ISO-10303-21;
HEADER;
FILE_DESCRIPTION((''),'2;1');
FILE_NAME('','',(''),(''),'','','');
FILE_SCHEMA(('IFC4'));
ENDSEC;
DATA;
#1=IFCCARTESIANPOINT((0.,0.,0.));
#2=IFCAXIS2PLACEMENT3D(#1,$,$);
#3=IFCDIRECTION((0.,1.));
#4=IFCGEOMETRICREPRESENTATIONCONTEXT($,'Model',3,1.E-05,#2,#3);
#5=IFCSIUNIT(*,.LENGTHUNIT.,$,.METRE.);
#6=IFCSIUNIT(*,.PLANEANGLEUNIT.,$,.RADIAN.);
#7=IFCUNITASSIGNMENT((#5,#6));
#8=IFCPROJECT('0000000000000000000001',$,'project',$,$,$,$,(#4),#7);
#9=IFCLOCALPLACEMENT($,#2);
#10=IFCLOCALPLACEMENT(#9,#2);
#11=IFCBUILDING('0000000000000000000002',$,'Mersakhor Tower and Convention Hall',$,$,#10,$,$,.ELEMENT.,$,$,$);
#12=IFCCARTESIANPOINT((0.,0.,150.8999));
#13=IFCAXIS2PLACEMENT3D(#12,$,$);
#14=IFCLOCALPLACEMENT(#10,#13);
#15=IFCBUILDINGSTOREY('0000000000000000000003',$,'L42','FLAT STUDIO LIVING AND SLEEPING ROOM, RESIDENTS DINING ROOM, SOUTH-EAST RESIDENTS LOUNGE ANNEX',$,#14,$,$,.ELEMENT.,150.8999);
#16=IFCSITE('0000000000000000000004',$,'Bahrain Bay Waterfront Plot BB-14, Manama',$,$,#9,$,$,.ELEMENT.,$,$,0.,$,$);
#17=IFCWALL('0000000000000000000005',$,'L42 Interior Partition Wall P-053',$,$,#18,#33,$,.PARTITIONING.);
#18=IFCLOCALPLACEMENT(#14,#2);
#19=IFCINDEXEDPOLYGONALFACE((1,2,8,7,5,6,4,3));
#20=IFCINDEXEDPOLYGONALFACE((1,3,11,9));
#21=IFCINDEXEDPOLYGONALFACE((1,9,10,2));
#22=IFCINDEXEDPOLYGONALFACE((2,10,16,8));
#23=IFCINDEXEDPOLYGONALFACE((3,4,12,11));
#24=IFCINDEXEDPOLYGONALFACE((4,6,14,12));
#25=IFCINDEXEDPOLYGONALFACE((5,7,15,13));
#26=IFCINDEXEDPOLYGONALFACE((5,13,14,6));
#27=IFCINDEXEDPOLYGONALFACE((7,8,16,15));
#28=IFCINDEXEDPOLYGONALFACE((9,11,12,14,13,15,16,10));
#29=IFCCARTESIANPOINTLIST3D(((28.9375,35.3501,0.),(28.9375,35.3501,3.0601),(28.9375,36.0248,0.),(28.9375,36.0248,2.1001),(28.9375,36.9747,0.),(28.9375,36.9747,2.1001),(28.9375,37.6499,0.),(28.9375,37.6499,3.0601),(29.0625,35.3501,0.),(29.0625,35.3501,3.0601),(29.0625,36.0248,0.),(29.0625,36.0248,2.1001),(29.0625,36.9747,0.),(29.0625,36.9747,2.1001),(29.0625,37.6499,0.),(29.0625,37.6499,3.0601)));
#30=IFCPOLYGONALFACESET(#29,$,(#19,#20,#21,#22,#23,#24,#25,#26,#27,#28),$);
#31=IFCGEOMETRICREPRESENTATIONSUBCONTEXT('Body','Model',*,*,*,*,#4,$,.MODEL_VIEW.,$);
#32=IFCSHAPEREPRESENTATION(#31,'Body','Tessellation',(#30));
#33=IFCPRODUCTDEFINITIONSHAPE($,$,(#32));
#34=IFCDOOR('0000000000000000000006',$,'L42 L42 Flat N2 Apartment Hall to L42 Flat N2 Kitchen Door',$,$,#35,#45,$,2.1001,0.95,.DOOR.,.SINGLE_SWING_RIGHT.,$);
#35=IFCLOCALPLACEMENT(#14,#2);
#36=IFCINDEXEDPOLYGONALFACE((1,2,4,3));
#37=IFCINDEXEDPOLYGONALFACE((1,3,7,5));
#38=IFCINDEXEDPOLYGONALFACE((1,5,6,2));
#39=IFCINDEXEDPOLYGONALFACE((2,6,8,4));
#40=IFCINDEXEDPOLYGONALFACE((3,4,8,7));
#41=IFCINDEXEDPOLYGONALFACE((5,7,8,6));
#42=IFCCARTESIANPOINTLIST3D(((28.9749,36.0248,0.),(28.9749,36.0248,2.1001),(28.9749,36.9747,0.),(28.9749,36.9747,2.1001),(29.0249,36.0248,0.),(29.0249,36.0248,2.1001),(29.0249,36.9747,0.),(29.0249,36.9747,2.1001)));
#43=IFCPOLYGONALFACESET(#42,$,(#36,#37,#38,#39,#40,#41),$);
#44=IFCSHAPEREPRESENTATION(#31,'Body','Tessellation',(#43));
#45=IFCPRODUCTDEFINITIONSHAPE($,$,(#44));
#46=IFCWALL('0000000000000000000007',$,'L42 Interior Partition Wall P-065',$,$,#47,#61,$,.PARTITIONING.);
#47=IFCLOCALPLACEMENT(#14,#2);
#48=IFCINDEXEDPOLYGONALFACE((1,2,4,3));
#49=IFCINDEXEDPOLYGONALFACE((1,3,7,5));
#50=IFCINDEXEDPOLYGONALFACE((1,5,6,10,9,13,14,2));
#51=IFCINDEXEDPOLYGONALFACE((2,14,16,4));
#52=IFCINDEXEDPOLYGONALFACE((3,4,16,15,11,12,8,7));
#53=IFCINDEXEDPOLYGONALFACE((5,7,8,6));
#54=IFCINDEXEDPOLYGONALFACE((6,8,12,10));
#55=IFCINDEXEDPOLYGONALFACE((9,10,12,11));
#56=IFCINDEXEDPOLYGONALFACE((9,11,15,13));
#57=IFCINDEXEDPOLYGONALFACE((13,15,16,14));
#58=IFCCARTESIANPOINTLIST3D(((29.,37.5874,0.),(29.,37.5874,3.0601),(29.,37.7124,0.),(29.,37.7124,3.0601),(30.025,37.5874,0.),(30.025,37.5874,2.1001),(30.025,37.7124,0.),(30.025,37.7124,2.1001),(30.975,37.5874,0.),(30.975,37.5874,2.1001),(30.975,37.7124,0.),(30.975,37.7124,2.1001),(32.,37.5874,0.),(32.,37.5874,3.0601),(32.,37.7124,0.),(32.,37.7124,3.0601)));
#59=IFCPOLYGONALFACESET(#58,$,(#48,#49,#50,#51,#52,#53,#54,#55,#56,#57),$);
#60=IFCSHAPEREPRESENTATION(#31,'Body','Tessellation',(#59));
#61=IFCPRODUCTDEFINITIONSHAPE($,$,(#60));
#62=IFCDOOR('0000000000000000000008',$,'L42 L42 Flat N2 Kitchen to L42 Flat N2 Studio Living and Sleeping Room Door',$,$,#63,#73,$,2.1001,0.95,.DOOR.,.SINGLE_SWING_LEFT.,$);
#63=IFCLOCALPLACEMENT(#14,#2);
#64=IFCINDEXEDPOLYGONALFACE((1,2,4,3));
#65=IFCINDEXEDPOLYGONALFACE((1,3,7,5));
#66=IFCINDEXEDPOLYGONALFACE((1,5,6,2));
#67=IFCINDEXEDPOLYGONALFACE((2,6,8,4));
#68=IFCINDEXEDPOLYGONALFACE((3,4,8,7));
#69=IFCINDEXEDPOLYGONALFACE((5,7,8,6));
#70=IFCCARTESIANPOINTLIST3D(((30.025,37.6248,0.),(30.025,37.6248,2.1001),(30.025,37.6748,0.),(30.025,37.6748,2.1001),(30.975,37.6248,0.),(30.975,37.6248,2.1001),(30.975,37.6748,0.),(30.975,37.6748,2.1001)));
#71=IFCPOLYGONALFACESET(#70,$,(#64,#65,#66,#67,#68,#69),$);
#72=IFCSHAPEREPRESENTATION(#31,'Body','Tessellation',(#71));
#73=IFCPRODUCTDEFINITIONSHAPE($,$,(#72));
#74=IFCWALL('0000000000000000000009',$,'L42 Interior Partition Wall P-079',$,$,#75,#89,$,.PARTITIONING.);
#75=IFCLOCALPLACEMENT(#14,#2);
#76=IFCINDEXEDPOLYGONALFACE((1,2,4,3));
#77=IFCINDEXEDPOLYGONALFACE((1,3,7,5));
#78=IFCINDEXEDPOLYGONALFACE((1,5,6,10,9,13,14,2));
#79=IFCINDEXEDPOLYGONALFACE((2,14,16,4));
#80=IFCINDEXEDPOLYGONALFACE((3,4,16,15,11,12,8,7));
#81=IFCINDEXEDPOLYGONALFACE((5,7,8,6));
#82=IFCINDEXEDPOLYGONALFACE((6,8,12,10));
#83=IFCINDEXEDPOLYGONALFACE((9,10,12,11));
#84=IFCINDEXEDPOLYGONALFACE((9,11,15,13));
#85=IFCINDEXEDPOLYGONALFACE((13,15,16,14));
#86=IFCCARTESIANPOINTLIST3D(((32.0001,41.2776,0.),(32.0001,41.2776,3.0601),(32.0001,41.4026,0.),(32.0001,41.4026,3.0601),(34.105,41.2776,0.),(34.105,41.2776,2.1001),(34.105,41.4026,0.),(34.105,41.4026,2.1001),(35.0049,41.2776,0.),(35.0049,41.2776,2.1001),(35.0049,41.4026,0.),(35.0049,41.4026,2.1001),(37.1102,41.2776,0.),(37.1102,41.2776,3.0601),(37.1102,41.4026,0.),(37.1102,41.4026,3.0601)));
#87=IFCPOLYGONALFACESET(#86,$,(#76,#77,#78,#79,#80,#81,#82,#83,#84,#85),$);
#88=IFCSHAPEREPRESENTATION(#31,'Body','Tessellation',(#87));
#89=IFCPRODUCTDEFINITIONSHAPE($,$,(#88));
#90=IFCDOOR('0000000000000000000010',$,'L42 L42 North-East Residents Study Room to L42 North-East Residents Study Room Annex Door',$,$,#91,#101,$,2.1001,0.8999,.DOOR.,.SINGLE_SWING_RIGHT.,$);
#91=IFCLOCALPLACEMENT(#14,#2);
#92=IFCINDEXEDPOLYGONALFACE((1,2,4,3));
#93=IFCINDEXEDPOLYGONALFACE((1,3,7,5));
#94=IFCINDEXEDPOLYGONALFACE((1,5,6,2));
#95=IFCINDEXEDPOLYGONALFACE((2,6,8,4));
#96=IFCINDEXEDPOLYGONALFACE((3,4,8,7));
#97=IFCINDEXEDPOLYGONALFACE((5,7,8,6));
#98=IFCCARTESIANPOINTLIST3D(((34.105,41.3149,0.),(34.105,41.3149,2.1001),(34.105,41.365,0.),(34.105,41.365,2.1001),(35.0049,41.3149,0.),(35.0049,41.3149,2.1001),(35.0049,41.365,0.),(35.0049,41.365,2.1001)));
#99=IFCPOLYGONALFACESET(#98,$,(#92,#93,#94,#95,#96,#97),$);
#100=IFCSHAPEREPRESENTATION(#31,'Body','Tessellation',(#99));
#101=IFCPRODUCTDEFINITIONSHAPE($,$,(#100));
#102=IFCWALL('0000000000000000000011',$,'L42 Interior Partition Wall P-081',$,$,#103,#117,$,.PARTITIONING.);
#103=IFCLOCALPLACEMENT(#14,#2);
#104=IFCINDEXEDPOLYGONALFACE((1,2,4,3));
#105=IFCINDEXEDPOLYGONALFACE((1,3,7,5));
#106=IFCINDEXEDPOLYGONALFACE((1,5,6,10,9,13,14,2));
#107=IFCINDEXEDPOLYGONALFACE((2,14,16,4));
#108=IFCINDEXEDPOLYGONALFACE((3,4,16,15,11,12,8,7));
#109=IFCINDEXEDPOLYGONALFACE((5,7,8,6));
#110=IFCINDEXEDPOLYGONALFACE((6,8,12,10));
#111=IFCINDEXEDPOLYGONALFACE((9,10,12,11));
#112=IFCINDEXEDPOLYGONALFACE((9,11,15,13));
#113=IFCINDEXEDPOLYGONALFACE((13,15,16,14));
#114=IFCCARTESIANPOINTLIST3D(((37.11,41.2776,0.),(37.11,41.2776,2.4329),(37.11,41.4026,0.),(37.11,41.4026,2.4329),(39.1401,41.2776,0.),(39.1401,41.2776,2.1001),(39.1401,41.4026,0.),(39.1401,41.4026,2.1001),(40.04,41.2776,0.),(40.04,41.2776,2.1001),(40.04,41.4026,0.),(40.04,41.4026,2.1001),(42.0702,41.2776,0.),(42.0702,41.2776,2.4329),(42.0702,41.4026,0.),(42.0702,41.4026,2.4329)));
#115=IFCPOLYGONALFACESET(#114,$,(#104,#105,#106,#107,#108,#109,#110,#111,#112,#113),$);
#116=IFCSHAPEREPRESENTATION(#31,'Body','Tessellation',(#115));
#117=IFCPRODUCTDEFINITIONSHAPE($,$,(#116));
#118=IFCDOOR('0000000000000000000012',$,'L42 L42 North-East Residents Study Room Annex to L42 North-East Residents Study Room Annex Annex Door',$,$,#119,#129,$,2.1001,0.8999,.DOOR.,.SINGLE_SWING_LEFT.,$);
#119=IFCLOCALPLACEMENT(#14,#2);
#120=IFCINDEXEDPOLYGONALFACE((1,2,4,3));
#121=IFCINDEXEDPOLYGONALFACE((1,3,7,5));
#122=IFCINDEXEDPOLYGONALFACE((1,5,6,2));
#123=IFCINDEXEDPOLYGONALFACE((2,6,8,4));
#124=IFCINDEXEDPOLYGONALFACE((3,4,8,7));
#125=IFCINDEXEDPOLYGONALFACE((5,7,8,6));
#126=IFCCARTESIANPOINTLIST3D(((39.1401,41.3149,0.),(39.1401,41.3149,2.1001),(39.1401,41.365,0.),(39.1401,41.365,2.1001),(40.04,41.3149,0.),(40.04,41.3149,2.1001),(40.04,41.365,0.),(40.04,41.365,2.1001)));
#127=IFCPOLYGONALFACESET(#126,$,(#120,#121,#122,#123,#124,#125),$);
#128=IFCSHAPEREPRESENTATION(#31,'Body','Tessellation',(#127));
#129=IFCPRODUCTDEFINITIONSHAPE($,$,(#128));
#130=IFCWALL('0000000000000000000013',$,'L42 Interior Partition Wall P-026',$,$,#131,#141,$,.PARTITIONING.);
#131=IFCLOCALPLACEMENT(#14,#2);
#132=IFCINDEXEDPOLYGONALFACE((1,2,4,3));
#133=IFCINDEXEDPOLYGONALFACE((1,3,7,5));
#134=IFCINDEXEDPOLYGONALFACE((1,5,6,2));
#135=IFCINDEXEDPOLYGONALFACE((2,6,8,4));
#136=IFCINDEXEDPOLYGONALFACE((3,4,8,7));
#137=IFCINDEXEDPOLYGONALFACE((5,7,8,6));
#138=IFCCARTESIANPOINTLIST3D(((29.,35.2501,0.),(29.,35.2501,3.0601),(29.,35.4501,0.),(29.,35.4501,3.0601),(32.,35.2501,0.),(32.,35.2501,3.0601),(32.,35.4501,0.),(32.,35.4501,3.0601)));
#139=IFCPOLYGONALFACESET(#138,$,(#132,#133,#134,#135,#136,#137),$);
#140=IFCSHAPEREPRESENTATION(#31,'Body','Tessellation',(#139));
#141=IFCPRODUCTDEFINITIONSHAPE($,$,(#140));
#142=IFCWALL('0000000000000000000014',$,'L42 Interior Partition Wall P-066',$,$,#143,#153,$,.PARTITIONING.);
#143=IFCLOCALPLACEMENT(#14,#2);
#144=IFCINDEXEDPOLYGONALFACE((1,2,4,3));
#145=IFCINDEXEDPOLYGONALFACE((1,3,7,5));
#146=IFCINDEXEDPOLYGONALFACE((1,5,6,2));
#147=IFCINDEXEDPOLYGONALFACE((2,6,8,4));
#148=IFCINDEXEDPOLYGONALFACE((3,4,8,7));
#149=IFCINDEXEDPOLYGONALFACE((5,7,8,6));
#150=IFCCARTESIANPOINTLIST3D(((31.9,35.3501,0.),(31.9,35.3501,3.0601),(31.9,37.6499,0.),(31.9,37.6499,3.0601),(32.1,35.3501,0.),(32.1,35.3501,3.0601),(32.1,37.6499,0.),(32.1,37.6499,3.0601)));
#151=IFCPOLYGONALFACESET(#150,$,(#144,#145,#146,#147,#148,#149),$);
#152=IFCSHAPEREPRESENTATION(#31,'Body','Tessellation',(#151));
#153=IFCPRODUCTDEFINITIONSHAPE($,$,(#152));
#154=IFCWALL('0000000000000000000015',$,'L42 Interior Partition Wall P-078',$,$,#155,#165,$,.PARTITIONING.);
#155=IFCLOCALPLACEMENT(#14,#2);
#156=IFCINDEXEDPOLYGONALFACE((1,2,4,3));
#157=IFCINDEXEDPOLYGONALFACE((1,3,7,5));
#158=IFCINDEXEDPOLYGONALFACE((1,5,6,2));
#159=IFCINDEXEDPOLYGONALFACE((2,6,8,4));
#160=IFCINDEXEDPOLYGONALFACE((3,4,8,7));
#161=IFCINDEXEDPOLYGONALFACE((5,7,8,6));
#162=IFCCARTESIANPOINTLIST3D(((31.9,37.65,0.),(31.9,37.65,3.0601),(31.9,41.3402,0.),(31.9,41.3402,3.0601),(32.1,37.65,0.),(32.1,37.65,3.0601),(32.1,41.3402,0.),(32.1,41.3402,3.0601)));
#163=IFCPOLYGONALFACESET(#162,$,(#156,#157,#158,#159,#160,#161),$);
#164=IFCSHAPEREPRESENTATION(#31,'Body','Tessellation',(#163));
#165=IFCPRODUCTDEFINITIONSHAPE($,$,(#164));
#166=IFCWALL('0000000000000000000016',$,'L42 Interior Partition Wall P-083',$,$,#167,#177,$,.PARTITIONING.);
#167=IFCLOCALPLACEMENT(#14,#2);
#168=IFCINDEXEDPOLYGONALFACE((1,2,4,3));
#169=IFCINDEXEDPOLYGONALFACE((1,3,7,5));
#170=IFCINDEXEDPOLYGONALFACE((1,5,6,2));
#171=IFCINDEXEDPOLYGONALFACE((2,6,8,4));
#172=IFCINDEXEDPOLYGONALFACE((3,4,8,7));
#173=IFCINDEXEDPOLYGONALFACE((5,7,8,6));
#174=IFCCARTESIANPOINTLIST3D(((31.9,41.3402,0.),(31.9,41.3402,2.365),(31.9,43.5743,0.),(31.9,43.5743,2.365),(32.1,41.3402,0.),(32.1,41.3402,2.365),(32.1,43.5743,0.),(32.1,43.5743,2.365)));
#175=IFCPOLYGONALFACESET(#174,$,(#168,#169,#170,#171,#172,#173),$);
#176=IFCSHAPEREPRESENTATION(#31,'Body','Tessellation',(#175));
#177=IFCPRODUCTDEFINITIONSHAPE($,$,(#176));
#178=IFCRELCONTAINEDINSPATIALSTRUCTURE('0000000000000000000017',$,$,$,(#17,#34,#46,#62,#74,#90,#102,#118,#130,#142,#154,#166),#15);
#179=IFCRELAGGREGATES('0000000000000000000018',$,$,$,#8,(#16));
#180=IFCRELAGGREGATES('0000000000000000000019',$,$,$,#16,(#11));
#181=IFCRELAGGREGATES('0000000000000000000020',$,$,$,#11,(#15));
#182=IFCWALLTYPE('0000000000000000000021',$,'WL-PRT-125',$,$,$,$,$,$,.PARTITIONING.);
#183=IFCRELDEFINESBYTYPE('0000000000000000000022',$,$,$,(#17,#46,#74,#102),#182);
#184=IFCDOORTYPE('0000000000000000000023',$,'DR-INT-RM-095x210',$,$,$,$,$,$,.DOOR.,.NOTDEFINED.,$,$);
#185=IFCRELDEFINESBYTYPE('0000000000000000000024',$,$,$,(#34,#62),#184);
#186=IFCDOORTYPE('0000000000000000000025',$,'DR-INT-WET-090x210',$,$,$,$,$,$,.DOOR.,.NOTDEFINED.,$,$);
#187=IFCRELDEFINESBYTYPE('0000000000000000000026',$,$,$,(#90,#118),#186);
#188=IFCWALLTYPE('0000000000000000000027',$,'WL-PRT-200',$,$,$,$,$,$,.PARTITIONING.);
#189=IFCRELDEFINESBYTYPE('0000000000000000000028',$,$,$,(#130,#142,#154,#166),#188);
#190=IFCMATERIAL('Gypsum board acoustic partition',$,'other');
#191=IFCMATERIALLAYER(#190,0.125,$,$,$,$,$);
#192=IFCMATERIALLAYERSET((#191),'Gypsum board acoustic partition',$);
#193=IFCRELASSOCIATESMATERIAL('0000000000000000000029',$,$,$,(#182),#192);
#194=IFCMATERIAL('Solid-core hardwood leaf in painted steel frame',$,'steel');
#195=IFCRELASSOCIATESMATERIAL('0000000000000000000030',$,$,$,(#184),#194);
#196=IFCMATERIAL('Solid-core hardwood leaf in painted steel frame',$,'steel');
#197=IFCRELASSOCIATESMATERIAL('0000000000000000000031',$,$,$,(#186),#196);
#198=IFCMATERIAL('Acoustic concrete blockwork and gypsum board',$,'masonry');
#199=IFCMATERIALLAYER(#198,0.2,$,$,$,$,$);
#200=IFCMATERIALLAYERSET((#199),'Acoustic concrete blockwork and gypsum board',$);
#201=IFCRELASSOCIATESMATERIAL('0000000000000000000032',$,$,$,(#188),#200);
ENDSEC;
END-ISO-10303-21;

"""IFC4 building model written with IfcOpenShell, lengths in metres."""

from ifc_helpers import new_model, si_unit, direction, frame, frame_2d, origin, place, context, subcontext, project, spatial, rectangle, extrude, material, layer, layer_set, type_object, element, fill, save


model = new_model("IFC4")

# Units and contexts
model_context = context("Model", 3, precision=1e-05, world=origin(), true_north=direction((0.0, 1.0)))
body_context = subcontext(model_context, "Body", "Model", "MODEL_VIEW")
ifc_project = project(units=[si_unit("LENGTHUNIT", "METRE"), si_unit("PLANEANGLEUNIT", "RADIAN")], contexts=[model_context])

# Site, building, storey
site_placement = place(None, origin())
site = spatial("IfcSite", under=ifc_project, at=site_placement, Name="Bahrain Bay Waterfront Plot BB-14, Manama", CompositionType="ELEMENT", RefElevation=0.0)
building_placement = place(site_placement, origin())
building = spatial("IfcBuilding", under=site, at=building_placement, Name="Mersakhor Tower and Convention Hall", CompositionType="ELEMENT")
storey_placement = place(building_placement, frame((0.0, 0.0, 150.8999)))
storey = spatial("IfcBuildingStorey", under=building, at=storey_placement, Name="L42", Description="FLAT STUDIO LIVING AND SLEEPING ROOM, RESIDENTS DINING ROOM, SOUTH-EAST RESIDENTS LOUNGE ANNEX", CompositionType="ELEMENT", Elevation=150.8999)

# Walls, openings, doors
ifc_material_1 = material(Name="Gypsum board acoustic partition", Category="other")
ifc_layer_1 = layer(ifc_material_1, 0.125)
ifc_layer_set_1 = layer_set([ifc_layer_1], Name="Gypsum board acoustic partition")
wall_type_1 = type_object("IfcWallType", Name="WL-PRT-125", PredefinedType="PARTITIONING", material=ifc_layer_set_1)
wall_1_placement = place(storey_placement, frame((29.0, 37.6499, 0.0), z_axis=(0.0, 0.0, 1.0), x_axis=(0.0, -1.0, 0.0)))
wall_1 = element("IfcWall", 1, at=wall_1_placement, inside=storey, type_object=wall_type_1, Name="L42 Interior Partition Wall P-053", PredefinedType="PARTITIONING", context=body_context, shape_type="SweptSolid", body=[
    extrude(rectangle(XDim=2.2998, YDim=0.125, at=frame_2d((1.1499, 0.0))), origin(), (0.0, 0.0, 1.0), 3.0601),
])
opening_1_placement = place(wall_1_placement, frame((0.675, 0.0, 0.0)))
opening_1 = element("IfcOpeningElement", 2, at=opening_1_placement, cuts=wall_1, PredefinedType="OPENING", context=body_context, shape_type="SweptSolid", body=[
    extrude(rectangle(XDim=0.95, YDim=2.1001, at=frame_2d((0.4751, 1.05))), frame((0.0, 0.0725, 0.0), z_axis=(0.0, -1.0, 0.0), x_axis=(1.0, 0.0, 0.0)), (0.0, 0.0, 1.0), 0.145),
])
ifc_material_2 = material(Name="Solid-core hardwood leaf in painted steel frame", Category="steel")
door_type_1 = type_object("IfcDoorType", Name="DR-INT-RM-095x210", OperationType="NOTDEFINED", PredefinedType="DOOR", material=ifc_material_2)
door_1_placement = place(opening_1_placement, origin())
door_1 = element("IfcDoor", 3, at=door_1_placement, inside=storey, type_object=door_type_1, Name="L42 L42 Flat N2 Apartment Hall to L42 Flat N2 Kitchen Door", OperationType="SINGLE_SWING_RIGHT", OverallHeight=2.1001, OverallWidth=0.95, PredefinedType="DOOR", context=body_context, shape_type="SweptSolid", body=[
    extrude(rectangle(XDim=0.95, YDim=2.1001, at=frame_2d((0.4751, 1.05))), frame((0.0, 0.0249, 0.0), z_axis=(0.0, -1.0, 0.0), x_axis=(1.0, 0.0, 0.0)), (0.0, 0.0, 1.0), 0.05),
])
fill(opening_1, door_1)
wall_2_placement = place(storey_placement, frame((29.0, 37.6499, 0.0), z_axis=(0.0, 0.0, 1.0), x_axis=(1.0, 0.0, 0.0)))
wall_2 = element("IfcWall", 4, at=wall_2_placement, inside=storey, type_object=wall_type_1, Name="L42 Interior Partition Wall P-065", PredefinedType="PARTITIONING", context=body_context, shape_type="SweptSolid", body=[
    extrude(rectangle(XDim=3.0, YDim=0.125, at=frame_2d((1.5, 0.0))), origin(), (0.0, 0.0, 1.0), 3.0601),
])
opening_2_placement = place(wall_2_placement, frame((1.0249, 0.0, 0.0)))
opening_2 = element("IfcOpeningElement", 5, at=opening_2_placement, cuts=wall_2, PredefinedType="OPENING", context=body_context, shape_type="SweptSolid", body=[
    extrude(rectangle(XDim=0.95, YDim=2.1001, at=frame_2d((0.4751, 1.05))), frame((0.0, 0.0725, 0.0), z_axis=(0.0, -1.0, 0.0), x_axis=(1.0, 0.0, 0.0)), (0.0, 0.0, 1.0), 0.145),
])
door_2_placement = place(opening_2_placement, origin())
door_2 = element("IfcDoor", 6, at=door_2_placement, inside=storey, type_object=door_type_1, Name="L42 L42 Flat N2 Kitchen to L42 Flat N2 Studio Living and Sleeping Room Door", OperationType="SINGLE_SWING_LEFT", OverallHeight=2.1001, OverallWidth=0.95, PredefinedType="DOOR", context=body_context, shape_type="SweptSolid", body=[
    extrude(rectangle(XDim=0.95, YDim=2.1001, at=frame_2d((0.4751, 1.05))), frame((0.0, 0.0249, 0.0), z_axis=(0.0, -1.0, 0.0), x_axis=(1.0, 0.0, 0.0)), (0.0, 0.0, 1.0), 0.05),
])
fill(opening_2, door_2)
wall_3_placement = place(storey_placement, frame((32.0, 41.3401, 0.0), z_axis=(0.0, 0.0, 1.0), x_axis=(1.0, 0.0, 0.0)))
wall_3 = element("IfcWall", 7, at=wall_3_placement, inside=storey, type_object=wall_type_1, Name="L42 Interior Partition Wall P-079", PredefinedType="PARTITIONING", context=body_context, shape_type="SweptSolid", body=[
    extrude(rectangle(XDim=5.1101, YDim=0.125, at=frame_2d((2.5552, 0.0))), origin(), (0.0, 0.0, 1.0), 3.0601),
])
opening_3_placement = place(wall_3_placement, frame((2.105, 0.0, 0.0)))
opening_3 = element("IfcOpeningElement", 8, at=opening_3_placement, cuts=wall_3, PredefinedType="OPENING", context=body_context, shape_type="SweptSolid", body=[
    extrude(rectangle(XDim=0.8999, YDim=2.1001, at=frame_2d((0.45, 1.05))), frame((0.0, 0.0725, 0.0), z_axis=(0.0, -1.0, 0.0), x_axis=(1.0, 0.0, 0.0)), (0.0, 0.0, 1.0), 0.145),
])
ifc_material_3 = material(Name="Solid-core hardwood leaf in painted steel frame", Category="steel")
door_type_2 = type_object("IfcDoorType", Name="DR-INT-WET-090x210", OperationType="NOTDEFINED", PredefinedType="DOOR", material=ifc_material_3)
door_3_placement = place(opening_3_placement, origin())
door_3 = element("IfcDoor", 9, at=door_3_placement, inside=storey, type_object=door_type_2, Name="L42 L42 North-East Residents Study Room to L42 North-East Residents Study Room Annex Door", OperationType="SINGLE_SWING_RIGHT", OverallHeight=2.1001, OverallWidth=0.8999, PredefinedType="DOOR", context=body_context, shape_type="SweptSolid", body=[
    extrude(rectangle(XDim=0.8999, YDim=2.1001, at=frame_2d((0.45, 1.05))), frame((0.0, 0.0249, 0.0), z_axis=(0.0, -1.0, 0.0), x_axis=(1.0, 0.0, 0.0)), (0.0, 0.0, 1.0), 0.05),
])
fill(opening_3, door_3)
wall_4_placement = place(storey_placement, frame((37.1101, 41.3401, 0.0), z_axis=(0.0, 0.0, 1.0), x_axis=(1.0, 0.0, 0.0)))
wall_4 = element("IfcWall", 10, at=wall_4_placement, inside=storey, type_object=wall_type_1, Name="L42 Interior Partition Wall P-081", PredefinedType="PARTITIONING", context=body_context, shape_type="SweptSolid", body=[
    extrude(rectangle(XDim=4.9602, YDim=0.125, at=frame_2d((2.48, 0.0))), origin(), (0.0, 0.0, 1.0), 2.4329),
])
opening_4_placement = place(wall_4_placement, frame((2.03, 0.0, 0.0)))
opening_4 = element("IfcOpeningElement", 11, at=opening_4_placement, cuts=wall_4, PredefinedType="OPENING", context=body_context, shape_type="SweptSolid", body=[
    extrude(rectangle(XDim=0.8999, YDim=2.1001, at=frame_2d((0.45, 1.05))), frame((0.0, 0.0725, 0.0), z_axis=(0.0, -1.0, 0.0), x_axis=(1.0, 0.0, 0.0)), (0.0, 0.0, 1.0), 0.145),
])
door_4_placement = place(opening_4_placement, origin())
door_4 = element("IfcDoor", 12, at=door_4_placement, inside=storey, type_object=door_type_2, Name="L42 L42 North-East Residents Study Room Annex to L42 North-East Residents Study Room Annex Annex Door", OperationType="SINGLE_SWING_LEFT", OverallHeight=2.1001, OverallWidth=0.8999, PredefinedType="DOOR", context=body_context, shape_type="SweptSolid", body=[
    extrude(rectangle(XDim=0.8999, YDim=2.1001, at=frame_2d((0.45, 1.05))), frame((0.0, 0.0249, 0.0), z_axis=(0.0, -1.0, 0.0), x_axis=(1.0, 0.0, 0.0)), (0.0, 0.0, 1.0), 0.05),
])
fill(opening_4, door_4)

# Wall
ifc_material_4 = material(Name="Acoustic concrete blockwork and gypsum board", Category="masonry")
ifc_layer_2 = layer(ifc_material_4, 0.2)
ifc_layer_set_2 = layer_set([ifc_layer_2], Name="Acoustic concrete blockwork and gypsum board")
wall_type_2 = type_object("IfcWallType", Name="WL-PRT-200", PredefinedType="PARTITIONING", material=ifc_layer_set_2)
wall_5_placement = place(storey_placement, frame((29.0, 35.3501, 0.0), z_axis=(0.0, 0.0, 1.0), x_axis=(1.0, 0.0, 0.0)))
element("IfcWall", 13, at=wall_5_placement, inside=storey, type_object=wall_type_2, Name="L42 Interior Partition Wall P-026", PredefinedType="PARTITIONING", context=body_context, shape_type="SweptSolid", body=[
    extrude(rectangle(XDim=3.0, YDim=0.2, at=frame_2d((1.5, 0.0))), origin(), (0.0, 0.0, 1.0), 3.0601),
])

# Walls
wall_6_placement = place(storey_placement, frame((32.0, 37.6499, 0.0), z_axis=(0.0, 0.0, 1.0), x_axis=(0.0, -1.0, 0.0)))
element("IfcWall", 14, at=wall_6_placement, inside=storey, type_object=wall_type_2, Name="L42 Interior Partition Wall P-066", PredefinedType="PARTITIONING", context=body_context, shape_type="SweptSolid", body=[
    extrude(rectangle(XDim=2.2998, YDim=0.2, at=frame_2d((1.1499, 0.0))), origin(), (0.0, 0.0, 1.0), 3.0601),
])
wall_7_placement = place(storey_placement, frame((32.0, 37.6499, 0.0), z_axis=(0.0, 0.0, 1.0), x_axis=(0.0, 1.0, 0.0)))
element("IfcWall", 15, at=wall_7_placement, inside=storey, type_object=wall_type_2, Name="L42 Interior Partition Wall P-078", PredefinedType="PARTITIONING", context=body_context, shape_type="SweptSolid", body=[
    extrude(rectangle(XDim=3.6902, YDim=0.2, at=frame_2d((1.8452, 0.0))), origin(), (0.0, 0.0, 1.0), 3.0601),
])
wall_8_placement = place(storey_placement, frame((32.0, 41.3401, 0.0), z_axis=(0.0, 0.0, 1.0), x_axis=(0.0, 1.0, 0.0)))
element("IfcWall", 16, at=wall_8_placement, inside=storey, type_object=wall_type_2, Name="L42 Interior Partition Wall P-083", PredefinedType="PARTITIONING", context=body_context, shape_type="SweptSolid", body=[
    extrude(rectangle(XDim=2.2341, YDim=0.2, at=frame_2d((1.1172, 0.0))), origin(), (0.0, 0.0, 1.0), 2.365),
])

save(model, "model.ifc")
